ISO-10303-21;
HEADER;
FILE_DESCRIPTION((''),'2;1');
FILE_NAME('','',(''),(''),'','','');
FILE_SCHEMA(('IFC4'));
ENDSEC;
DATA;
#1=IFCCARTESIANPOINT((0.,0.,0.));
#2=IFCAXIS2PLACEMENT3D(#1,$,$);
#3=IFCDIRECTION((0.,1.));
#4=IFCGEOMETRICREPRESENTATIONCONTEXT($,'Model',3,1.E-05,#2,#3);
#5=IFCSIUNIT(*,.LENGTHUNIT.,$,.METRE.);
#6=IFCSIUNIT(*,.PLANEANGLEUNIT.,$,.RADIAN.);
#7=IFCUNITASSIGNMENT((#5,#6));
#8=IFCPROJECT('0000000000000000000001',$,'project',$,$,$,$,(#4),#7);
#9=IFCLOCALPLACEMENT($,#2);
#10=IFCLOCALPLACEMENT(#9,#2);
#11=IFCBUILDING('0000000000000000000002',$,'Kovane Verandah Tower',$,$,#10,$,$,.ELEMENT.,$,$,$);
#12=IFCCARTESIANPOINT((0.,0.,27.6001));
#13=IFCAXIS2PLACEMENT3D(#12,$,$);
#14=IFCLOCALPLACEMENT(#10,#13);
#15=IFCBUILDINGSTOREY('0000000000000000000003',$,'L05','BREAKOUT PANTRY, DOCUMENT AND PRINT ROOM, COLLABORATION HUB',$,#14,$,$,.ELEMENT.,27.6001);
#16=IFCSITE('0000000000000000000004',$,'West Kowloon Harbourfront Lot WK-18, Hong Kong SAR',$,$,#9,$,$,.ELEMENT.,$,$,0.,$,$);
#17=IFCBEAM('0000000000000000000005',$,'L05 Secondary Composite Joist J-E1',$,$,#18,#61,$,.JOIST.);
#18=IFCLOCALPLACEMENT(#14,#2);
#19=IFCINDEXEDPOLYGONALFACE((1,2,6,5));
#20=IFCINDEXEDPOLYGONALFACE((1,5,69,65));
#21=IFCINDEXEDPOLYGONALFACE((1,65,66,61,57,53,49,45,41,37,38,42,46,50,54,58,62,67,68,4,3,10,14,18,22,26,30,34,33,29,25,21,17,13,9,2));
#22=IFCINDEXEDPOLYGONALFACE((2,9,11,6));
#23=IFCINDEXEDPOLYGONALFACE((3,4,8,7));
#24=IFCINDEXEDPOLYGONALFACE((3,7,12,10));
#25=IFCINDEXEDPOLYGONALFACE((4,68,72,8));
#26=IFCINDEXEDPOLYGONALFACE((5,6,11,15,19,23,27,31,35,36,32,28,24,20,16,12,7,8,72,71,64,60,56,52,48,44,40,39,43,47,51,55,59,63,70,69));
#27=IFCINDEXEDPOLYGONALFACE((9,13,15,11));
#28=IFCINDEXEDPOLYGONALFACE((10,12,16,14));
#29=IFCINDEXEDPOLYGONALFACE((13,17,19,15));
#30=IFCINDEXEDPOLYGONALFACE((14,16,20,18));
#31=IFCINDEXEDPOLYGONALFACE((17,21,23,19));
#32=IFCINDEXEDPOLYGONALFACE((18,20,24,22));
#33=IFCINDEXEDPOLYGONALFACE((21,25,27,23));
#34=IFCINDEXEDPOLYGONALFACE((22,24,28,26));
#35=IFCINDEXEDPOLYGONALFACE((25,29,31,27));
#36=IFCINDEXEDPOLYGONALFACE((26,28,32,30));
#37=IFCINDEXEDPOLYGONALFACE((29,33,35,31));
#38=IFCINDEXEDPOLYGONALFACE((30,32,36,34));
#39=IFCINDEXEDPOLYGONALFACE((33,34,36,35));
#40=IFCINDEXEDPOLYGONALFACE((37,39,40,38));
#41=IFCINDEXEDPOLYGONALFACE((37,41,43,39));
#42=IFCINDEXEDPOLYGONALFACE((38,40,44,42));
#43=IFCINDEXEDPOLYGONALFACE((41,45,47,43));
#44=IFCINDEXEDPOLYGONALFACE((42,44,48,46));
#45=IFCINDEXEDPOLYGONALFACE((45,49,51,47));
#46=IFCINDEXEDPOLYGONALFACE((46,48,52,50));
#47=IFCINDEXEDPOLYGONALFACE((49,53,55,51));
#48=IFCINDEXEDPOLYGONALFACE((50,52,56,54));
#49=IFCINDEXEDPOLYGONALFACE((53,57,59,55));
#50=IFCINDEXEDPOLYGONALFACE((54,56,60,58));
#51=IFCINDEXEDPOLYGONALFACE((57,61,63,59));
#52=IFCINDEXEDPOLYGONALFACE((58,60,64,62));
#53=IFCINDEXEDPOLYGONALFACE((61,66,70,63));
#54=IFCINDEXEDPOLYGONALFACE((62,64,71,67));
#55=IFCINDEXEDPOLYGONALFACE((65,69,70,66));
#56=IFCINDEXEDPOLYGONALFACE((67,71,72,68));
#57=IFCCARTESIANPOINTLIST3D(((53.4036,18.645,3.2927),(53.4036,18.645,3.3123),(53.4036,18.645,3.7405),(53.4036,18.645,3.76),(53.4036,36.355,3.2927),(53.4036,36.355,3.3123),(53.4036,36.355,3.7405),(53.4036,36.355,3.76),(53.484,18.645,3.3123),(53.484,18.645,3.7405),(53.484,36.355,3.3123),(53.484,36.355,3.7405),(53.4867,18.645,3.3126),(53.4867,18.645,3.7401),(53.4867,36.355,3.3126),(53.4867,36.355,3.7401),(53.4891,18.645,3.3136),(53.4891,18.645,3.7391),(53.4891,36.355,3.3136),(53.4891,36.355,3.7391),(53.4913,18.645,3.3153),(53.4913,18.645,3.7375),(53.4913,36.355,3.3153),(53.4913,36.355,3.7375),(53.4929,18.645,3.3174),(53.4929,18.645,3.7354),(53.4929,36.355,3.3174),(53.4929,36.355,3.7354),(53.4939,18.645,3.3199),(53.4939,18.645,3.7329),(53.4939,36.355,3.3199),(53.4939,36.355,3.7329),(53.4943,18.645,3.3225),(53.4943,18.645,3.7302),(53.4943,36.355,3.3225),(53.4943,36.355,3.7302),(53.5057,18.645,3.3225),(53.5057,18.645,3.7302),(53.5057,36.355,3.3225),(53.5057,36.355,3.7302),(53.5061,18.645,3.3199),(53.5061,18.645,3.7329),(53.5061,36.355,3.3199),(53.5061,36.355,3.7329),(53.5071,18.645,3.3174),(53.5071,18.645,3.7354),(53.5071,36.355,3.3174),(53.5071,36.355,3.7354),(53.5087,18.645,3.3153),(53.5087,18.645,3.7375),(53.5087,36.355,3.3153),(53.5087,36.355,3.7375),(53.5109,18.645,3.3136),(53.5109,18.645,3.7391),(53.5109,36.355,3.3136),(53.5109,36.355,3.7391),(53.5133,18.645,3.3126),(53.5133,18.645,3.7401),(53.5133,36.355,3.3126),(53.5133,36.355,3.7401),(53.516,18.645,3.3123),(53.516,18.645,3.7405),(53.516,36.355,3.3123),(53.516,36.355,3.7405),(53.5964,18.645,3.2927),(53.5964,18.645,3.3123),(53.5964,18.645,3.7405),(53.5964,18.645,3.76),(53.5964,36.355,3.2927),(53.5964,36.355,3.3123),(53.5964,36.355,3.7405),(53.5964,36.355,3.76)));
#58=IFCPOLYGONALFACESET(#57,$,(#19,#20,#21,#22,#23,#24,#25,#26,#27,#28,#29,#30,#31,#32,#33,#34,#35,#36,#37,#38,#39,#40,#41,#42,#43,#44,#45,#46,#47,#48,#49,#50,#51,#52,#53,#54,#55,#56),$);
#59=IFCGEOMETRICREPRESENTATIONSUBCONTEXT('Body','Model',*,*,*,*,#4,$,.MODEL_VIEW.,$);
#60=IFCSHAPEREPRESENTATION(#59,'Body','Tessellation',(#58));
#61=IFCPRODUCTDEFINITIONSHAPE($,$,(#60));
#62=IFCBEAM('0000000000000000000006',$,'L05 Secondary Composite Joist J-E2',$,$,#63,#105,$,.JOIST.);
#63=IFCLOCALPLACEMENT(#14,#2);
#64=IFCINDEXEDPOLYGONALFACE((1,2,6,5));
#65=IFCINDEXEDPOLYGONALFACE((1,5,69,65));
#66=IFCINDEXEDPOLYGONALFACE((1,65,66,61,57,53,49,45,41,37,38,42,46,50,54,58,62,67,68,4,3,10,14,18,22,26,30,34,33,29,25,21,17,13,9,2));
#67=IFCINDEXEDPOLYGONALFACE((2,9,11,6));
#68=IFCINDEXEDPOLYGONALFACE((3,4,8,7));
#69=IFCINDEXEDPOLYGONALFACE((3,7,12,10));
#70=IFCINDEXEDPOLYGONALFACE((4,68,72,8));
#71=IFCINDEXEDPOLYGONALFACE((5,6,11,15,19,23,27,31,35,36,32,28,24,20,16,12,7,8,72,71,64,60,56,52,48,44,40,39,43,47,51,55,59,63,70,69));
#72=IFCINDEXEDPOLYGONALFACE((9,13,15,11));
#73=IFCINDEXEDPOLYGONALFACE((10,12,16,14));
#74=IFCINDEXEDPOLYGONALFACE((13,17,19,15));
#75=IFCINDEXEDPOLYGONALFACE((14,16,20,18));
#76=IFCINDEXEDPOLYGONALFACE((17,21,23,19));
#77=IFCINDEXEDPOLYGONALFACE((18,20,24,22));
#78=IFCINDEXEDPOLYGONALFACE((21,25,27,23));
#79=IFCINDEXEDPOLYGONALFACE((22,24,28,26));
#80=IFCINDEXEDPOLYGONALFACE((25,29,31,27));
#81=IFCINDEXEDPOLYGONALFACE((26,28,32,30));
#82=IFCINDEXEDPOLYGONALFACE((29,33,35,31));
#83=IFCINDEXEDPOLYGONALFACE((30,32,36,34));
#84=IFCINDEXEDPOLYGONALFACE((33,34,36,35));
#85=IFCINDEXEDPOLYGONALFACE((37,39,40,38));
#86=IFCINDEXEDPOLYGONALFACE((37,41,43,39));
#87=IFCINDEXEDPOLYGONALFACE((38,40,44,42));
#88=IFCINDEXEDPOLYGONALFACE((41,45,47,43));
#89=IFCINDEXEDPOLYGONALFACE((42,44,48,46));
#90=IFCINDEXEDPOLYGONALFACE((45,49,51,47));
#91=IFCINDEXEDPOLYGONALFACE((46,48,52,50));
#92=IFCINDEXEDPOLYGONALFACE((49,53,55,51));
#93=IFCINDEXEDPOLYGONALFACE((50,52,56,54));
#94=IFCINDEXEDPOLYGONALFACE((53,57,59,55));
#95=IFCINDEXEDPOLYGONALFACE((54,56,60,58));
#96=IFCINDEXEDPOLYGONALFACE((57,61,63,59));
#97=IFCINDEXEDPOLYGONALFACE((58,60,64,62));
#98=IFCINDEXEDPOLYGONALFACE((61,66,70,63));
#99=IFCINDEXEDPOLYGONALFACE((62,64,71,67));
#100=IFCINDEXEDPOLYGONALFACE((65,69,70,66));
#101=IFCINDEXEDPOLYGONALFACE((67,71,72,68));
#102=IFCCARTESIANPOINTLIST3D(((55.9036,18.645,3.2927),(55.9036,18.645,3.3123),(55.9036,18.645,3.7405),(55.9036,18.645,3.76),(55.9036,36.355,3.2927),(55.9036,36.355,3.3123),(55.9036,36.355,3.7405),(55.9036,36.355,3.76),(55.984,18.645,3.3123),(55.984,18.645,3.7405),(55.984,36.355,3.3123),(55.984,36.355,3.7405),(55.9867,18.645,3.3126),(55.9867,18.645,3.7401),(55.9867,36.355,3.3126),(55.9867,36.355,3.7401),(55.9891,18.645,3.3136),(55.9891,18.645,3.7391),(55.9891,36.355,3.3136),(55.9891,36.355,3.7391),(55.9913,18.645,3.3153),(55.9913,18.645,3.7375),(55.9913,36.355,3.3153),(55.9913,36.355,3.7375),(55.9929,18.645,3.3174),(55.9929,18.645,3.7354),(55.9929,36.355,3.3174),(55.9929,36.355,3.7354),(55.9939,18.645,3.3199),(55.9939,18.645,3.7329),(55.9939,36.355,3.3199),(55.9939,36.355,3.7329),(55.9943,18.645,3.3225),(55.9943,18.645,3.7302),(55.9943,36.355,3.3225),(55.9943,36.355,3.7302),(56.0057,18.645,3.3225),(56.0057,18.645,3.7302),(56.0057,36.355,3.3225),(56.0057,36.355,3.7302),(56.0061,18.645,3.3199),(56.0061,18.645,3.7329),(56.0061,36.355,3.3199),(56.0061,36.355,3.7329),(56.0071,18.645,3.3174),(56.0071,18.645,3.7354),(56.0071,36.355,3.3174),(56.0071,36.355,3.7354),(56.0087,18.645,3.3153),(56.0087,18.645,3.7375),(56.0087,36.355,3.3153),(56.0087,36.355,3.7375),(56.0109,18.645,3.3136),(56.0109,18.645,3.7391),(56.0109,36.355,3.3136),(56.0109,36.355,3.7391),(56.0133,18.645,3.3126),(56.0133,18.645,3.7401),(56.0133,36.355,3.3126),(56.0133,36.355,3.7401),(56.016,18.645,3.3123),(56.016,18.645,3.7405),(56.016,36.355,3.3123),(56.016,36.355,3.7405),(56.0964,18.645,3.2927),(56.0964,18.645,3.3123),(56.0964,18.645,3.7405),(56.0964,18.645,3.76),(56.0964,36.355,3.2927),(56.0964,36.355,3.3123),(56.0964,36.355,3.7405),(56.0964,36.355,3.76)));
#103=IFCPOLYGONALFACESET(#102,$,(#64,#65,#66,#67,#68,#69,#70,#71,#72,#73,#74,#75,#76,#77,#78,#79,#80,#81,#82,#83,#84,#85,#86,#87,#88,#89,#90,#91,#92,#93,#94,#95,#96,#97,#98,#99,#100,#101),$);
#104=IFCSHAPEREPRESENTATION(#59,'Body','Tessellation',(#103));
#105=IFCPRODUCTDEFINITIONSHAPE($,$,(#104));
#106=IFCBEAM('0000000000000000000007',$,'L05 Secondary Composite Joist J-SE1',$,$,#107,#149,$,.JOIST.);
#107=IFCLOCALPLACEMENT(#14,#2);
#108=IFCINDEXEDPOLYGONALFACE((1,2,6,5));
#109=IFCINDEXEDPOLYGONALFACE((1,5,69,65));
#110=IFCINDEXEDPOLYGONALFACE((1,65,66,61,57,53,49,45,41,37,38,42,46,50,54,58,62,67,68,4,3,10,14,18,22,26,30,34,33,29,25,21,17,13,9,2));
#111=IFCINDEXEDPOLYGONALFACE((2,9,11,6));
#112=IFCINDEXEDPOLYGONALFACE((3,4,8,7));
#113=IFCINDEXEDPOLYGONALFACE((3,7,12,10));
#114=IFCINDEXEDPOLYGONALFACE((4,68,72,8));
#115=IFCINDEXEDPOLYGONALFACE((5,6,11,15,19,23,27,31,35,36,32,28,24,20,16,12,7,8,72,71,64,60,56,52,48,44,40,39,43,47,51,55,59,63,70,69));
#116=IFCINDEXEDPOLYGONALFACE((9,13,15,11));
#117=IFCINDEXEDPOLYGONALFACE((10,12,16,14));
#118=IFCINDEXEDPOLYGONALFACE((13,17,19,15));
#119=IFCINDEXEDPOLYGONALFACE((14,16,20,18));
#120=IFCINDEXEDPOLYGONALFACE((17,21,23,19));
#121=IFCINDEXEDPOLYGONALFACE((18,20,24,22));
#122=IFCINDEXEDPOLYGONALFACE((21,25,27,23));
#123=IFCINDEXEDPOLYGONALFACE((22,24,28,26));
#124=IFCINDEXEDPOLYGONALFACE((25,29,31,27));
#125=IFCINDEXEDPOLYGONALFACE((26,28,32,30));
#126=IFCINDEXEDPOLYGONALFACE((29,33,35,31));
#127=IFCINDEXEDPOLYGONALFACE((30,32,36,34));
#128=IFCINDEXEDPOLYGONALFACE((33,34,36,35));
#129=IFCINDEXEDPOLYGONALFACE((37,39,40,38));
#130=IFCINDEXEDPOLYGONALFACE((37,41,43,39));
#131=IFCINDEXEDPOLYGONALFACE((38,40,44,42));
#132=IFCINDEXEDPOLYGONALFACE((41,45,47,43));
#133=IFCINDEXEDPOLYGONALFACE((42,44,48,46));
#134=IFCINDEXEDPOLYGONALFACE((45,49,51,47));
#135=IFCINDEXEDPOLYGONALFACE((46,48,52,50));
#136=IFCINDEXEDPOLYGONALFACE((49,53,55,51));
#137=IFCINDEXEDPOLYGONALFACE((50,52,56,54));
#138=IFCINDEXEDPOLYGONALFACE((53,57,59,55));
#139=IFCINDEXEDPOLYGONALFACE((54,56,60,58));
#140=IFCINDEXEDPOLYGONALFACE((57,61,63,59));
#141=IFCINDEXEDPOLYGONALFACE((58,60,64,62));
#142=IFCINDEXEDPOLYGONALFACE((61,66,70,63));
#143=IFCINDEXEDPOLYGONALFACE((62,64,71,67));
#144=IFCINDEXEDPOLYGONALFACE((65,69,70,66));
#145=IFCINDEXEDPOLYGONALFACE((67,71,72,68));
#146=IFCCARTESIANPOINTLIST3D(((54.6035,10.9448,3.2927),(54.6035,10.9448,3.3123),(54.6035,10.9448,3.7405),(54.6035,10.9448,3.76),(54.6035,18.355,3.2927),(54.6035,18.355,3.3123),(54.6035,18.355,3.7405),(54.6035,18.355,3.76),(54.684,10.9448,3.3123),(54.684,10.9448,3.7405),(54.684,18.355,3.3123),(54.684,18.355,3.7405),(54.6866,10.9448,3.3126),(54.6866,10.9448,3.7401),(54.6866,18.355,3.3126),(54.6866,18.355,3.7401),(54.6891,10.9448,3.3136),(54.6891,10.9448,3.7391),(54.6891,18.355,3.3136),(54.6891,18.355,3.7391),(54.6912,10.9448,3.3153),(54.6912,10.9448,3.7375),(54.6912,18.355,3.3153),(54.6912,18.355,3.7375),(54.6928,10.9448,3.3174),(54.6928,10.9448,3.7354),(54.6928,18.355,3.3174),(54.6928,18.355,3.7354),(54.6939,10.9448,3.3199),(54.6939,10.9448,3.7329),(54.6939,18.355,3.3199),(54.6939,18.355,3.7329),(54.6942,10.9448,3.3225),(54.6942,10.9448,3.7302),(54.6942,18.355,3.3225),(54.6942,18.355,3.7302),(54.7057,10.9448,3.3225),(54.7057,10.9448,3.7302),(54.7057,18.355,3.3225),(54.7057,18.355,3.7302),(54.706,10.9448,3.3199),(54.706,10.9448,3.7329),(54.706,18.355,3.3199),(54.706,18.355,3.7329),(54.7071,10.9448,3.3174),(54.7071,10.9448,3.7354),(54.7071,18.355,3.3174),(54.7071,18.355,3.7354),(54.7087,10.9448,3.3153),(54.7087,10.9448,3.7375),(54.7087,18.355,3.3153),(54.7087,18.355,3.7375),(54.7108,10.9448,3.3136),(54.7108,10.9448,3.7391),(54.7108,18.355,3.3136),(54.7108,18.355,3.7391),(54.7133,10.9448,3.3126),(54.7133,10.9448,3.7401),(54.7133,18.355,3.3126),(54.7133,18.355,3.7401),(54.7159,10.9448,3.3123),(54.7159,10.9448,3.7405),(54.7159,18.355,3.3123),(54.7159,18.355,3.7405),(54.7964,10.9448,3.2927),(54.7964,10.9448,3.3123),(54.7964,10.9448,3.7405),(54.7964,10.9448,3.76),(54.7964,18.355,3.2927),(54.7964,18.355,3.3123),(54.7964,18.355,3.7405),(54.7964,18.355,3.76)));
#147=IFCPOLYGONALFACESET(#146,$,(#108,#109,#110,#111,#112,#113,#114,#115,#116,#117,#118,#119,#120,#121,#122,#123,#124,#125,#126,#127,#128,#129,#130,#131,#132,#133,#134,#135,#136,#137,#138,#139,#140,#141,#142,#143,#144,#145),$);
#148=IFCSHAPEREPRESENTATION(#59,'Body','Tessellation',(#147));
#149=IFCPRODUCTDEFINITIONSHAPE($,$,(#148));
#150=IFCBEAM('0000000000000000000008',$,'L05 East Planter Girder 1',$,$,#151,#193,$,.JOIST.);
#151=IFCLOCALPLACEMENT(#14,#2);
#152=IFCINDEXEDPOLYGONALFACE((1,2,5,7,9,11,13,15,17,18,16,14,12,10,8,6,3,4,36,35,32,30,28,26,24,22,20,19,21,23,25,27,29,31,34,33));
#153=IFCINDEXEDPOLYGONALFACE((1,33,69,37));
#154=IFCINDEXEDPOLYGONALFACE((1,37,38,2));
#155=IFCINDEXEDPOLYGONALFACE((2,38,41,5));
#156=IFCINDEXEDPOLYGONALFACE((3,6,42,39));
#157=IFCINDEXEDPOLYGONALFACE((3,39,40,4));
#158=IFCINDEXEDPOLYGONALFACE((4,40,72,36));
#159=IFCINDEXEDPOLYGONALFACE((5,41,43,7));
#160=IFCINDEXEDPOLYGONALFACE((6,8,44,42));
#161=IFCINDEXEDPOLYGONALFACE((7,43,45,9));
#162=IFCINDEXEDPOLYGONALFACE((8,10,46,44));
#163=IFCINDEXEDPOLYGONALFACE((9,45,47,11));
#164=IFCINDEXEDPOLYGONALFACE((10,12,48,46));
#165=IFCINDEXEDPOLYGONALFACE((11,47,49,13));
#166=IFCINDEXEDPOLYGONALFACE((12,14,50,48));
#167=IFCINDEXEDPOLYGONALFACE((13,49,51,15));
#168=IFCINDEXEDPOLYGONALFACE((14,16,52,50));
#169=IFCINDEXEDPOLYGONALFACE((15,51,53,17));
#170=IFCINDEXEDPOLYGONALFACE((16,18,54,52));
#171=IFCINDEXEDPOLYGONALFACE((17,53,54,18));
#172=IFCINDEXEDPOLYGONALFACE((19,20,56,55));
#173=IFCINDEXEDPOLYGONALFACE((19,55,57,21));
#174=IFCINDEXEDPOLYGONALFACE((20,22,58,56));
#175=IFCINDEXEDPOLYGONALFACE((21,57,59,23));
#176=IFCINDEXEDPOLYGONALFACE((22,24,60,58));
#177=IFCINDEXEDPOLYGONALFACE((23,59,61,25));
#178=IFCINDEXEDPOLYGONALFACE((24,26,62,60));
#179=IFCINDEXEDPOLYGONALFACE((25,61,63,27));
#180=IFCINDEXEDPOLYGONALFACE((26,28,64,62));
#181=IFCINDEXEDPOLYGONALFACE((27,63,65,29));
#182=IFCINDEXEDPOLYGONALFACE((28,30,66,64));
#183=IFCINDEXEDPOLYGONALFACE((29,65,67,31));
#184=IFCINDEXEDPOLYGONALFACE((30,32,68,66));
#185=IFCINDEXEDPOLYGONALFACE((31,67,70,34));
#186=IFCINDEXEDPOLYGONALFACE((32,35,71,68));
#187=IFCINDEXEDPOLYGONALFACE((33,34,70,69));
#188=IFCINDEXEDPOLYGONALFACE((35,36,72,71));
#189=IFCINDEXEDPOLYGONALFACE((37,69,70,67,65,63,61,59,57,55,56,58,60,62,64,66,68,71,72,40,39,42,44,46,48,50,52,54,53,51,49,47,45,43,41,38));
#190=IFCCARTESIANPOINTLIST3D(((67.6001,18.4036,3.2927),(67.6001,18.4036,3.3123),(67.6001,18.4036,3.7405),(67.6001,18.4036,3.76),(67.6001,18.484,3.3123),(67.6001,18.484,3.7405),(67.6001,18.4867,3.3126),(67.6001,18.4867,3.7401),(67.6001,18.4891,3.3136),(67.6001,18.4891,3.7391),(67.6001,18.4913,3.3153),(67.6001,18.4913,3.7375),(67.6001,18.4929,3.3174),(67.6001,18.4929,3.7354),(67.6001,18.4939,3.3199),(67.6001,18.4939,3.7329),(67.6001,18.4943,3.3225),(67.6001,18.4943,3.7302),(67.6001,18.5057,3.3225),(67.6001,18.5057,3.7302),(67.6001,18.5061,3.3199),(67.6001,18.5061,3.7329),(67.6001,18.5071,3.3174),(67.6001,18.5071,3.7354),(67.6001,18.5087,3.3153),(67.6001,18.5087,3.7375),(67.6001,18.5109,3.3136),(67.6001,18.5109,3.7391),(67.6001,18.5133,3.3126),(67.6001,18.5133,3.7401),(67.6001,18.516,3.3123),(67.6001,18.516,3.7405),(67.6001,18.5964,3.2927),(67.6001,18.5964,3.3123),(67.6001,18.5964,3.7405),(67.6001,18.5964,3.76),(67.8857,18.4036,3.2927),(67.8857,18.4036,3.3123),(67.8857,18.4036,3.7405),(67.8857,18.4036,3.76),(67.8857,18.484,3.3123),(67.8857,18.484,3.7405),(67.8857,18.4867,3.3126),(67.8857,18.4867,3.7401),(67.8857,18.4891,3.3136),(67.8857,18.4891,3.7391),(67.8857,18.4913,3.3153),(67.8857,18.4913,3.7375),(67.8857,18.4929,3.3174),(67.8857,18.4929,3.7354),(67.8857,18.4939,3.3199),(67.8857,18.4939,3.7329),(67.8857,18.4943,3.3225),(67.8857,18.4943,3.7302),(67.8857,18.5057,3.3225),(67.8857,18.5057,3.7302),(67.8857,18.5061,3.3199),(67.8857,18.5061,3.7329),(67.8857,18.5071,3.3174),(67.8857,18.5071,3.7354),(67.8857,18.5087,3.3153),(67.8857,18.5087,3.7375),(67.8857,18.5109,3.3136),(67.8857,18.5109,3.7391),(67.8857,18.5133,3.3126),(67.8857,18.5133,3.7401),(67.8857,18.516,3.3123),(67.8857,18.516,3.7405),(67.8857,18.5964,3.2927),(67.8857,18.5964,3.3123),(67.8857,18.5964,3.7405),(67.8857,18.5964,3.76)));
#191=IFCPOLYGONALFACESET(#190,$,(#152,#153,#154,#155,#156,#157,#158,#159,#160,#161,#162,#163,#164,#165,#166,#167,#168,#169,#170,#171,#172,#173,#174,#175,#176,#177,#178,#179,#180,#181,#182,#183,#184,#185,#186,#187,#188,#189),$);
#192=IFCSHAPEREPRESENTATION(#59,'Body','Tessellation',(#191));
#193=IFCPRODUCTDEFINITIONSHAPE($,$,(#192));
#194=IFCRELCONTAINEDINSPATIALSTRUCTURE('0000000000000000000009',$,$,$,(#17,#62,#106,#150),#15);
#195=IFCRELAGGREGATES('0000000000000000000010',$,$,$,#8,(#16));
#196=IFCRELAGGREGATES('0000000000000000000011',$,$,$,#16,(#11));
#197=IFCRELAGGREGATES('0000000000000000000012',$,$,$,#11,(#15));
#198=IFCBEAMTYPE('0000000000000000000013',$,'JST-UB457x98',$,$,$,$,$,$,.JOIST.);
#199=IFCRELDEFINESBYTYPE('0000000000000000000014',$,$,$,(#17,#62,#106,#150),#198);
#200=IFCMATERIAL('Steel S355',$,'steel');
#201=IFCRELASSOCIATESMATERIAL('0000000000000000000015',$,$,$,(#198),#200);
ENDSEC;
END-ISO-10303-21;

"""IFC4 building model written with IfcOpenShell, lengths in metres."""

from ifc_helpers import new_model, si_unit, direction, frame, origin, origin_2d, place, context, subcontext, project, spatial, i_section, extrude, material, material_profile, profile_set, type_object, element, save


model = new_model("IFC4")

# Units and contexts
model_context = context("Model", 3, precision=1e-05, world=origin(), true_north=direction((0.0, 1.0)))
body_context = subcontext(model_context, "Body", "Model", "MODEL_VIEW")
ifc_project = project(units=[si_unit("LENGTHUNIT", "METRE"), si_unit("PLANEANGLEUNIT", "RADIAN")], contexts=[model_context])

# Site, building, storey
site_placement = place(None, origin())
site = spatial("IfcSite", under=ifc_project, at=site_placement, Name="West Kowloon Harbourfront Lot WK-18, Hong Kong SAR", CompositionType="ELEMENT", RefElevation=0.0)
building_placement = place(site_placement, origin())
building = spatial("IfcBuilding", under=site, at=building_placement, Name="Kovane Verandah Tower", CompositionType="ELEMENT")
storey_placement = place(building_placement, frame((0.0, 0.0, 27.6001)))
storey = spatial("IfcBuildingStorey", under=building, at=storey_placement, Name="L05", Description="BREAKOUT PANTRY, DOCUMENT AND PRINT ROOM, COLLABORATION HUB", CompositionType="ELEMENT", Elevation=27.6001)

# Beams
ifc_material_1 = material(Name="Steel S355", Category="steel")
ifc_material_profile_1 = material_profile(ifc_material_1, i_section(OverallWidth=0.1929, OverallDepth=0.4673, WebThickness=0.0115, FlangeThickness=0.0195, FilletRadius=0.0103, at=origin_2d()), Name="UB457x191x98")
ifc_profile_set_1 = profile_set([ifc_material_profile_1], Name="Steel S355")
beam_type_1 = type_object("IfcBeamType", Name="JST-UB457x98", PredefinedType="JOIST", material=ifc_profile_set_1)
for number, where, z_axis, x_axis, name in (
    (1, (53.5, 18.645, 3.5264), (0.0, 1.0, 0.0), (-1.0, 0.0, 0.0), "L05 Secondary Composite Joist J-E1"),
    (2, (56.0, 18.645, 3.5264), (0.0, 1.0, 0.0), (-1.0, 0.0, 0.0), "L05 Secondary Composite Joist J-E2"),
):
    element("IfcBeam", number, at=place(storey_placement, frame(where, z_axis=z_axis, x_axis=x_axis)), inside=storey, type_object=beam_type_1, Name=name, PredefinedType="JOIST", context=body_context, shape_type="SweptSolid", body=[
        extrude(i_section(OverallWidth=0.1929, OverallDepth=0.4673, WebThickness=0.0115, FlangeThickness=0.0195, FilletRadius=0.0103, at=origin_2d()), origin(), (0.0, 0.0, 1.0), 17.71),
    ])
beam_1_placement = place(storey_placement, frame((54.7, 10.9448, 3.5264), z_axis=(0.0, 1.0, 0.0), x_axis=(-1.0, 0.0, 0.0)))
element("IfcBeam", 3, at=beam_1_placement, inside=storey, type_object=beam_type_1, Name="L05 Secondary Composite Joist J-SE1", PredefinedType="JOIST", context=body_context, shape_type="SweptSolid", body=[
    extrude(i_section(OverallWidth=0.1929, OverallDepth=0.4673, WebThickness=0.0115, FlangeThickness=0.0195, FilletRadius=0.0103, at=origin_2d()), origin(), (0.0, 0.0, 1.0), 7.4102),
])
beam_2_placement = place(storey_placement, frame((67.6001, 18.5, 3.5264), z_axis=(1.0, 0.0, 0.0), x_axis=(0.0, 1.0, 0.0)))
element("IfcBeam", 4, at=beam_2_placement, inside=storey, type_object=beam_type_1, Name="L05 East Planter Girder 1", PredefinedType="JOIST", context=body_context, shape_type="SweptSolid", body=[
    extrude(i_section(OverallWidth=0.1929, OverallDepth=0.4673, WebThickness=0.0115, FlangeThickness=0.0195, FilletRadius=0.0103, at=origin_2d()), origin(), (0.0, 0.0, 1.0), 0.2856),
])

save(model, "model.ifc")
